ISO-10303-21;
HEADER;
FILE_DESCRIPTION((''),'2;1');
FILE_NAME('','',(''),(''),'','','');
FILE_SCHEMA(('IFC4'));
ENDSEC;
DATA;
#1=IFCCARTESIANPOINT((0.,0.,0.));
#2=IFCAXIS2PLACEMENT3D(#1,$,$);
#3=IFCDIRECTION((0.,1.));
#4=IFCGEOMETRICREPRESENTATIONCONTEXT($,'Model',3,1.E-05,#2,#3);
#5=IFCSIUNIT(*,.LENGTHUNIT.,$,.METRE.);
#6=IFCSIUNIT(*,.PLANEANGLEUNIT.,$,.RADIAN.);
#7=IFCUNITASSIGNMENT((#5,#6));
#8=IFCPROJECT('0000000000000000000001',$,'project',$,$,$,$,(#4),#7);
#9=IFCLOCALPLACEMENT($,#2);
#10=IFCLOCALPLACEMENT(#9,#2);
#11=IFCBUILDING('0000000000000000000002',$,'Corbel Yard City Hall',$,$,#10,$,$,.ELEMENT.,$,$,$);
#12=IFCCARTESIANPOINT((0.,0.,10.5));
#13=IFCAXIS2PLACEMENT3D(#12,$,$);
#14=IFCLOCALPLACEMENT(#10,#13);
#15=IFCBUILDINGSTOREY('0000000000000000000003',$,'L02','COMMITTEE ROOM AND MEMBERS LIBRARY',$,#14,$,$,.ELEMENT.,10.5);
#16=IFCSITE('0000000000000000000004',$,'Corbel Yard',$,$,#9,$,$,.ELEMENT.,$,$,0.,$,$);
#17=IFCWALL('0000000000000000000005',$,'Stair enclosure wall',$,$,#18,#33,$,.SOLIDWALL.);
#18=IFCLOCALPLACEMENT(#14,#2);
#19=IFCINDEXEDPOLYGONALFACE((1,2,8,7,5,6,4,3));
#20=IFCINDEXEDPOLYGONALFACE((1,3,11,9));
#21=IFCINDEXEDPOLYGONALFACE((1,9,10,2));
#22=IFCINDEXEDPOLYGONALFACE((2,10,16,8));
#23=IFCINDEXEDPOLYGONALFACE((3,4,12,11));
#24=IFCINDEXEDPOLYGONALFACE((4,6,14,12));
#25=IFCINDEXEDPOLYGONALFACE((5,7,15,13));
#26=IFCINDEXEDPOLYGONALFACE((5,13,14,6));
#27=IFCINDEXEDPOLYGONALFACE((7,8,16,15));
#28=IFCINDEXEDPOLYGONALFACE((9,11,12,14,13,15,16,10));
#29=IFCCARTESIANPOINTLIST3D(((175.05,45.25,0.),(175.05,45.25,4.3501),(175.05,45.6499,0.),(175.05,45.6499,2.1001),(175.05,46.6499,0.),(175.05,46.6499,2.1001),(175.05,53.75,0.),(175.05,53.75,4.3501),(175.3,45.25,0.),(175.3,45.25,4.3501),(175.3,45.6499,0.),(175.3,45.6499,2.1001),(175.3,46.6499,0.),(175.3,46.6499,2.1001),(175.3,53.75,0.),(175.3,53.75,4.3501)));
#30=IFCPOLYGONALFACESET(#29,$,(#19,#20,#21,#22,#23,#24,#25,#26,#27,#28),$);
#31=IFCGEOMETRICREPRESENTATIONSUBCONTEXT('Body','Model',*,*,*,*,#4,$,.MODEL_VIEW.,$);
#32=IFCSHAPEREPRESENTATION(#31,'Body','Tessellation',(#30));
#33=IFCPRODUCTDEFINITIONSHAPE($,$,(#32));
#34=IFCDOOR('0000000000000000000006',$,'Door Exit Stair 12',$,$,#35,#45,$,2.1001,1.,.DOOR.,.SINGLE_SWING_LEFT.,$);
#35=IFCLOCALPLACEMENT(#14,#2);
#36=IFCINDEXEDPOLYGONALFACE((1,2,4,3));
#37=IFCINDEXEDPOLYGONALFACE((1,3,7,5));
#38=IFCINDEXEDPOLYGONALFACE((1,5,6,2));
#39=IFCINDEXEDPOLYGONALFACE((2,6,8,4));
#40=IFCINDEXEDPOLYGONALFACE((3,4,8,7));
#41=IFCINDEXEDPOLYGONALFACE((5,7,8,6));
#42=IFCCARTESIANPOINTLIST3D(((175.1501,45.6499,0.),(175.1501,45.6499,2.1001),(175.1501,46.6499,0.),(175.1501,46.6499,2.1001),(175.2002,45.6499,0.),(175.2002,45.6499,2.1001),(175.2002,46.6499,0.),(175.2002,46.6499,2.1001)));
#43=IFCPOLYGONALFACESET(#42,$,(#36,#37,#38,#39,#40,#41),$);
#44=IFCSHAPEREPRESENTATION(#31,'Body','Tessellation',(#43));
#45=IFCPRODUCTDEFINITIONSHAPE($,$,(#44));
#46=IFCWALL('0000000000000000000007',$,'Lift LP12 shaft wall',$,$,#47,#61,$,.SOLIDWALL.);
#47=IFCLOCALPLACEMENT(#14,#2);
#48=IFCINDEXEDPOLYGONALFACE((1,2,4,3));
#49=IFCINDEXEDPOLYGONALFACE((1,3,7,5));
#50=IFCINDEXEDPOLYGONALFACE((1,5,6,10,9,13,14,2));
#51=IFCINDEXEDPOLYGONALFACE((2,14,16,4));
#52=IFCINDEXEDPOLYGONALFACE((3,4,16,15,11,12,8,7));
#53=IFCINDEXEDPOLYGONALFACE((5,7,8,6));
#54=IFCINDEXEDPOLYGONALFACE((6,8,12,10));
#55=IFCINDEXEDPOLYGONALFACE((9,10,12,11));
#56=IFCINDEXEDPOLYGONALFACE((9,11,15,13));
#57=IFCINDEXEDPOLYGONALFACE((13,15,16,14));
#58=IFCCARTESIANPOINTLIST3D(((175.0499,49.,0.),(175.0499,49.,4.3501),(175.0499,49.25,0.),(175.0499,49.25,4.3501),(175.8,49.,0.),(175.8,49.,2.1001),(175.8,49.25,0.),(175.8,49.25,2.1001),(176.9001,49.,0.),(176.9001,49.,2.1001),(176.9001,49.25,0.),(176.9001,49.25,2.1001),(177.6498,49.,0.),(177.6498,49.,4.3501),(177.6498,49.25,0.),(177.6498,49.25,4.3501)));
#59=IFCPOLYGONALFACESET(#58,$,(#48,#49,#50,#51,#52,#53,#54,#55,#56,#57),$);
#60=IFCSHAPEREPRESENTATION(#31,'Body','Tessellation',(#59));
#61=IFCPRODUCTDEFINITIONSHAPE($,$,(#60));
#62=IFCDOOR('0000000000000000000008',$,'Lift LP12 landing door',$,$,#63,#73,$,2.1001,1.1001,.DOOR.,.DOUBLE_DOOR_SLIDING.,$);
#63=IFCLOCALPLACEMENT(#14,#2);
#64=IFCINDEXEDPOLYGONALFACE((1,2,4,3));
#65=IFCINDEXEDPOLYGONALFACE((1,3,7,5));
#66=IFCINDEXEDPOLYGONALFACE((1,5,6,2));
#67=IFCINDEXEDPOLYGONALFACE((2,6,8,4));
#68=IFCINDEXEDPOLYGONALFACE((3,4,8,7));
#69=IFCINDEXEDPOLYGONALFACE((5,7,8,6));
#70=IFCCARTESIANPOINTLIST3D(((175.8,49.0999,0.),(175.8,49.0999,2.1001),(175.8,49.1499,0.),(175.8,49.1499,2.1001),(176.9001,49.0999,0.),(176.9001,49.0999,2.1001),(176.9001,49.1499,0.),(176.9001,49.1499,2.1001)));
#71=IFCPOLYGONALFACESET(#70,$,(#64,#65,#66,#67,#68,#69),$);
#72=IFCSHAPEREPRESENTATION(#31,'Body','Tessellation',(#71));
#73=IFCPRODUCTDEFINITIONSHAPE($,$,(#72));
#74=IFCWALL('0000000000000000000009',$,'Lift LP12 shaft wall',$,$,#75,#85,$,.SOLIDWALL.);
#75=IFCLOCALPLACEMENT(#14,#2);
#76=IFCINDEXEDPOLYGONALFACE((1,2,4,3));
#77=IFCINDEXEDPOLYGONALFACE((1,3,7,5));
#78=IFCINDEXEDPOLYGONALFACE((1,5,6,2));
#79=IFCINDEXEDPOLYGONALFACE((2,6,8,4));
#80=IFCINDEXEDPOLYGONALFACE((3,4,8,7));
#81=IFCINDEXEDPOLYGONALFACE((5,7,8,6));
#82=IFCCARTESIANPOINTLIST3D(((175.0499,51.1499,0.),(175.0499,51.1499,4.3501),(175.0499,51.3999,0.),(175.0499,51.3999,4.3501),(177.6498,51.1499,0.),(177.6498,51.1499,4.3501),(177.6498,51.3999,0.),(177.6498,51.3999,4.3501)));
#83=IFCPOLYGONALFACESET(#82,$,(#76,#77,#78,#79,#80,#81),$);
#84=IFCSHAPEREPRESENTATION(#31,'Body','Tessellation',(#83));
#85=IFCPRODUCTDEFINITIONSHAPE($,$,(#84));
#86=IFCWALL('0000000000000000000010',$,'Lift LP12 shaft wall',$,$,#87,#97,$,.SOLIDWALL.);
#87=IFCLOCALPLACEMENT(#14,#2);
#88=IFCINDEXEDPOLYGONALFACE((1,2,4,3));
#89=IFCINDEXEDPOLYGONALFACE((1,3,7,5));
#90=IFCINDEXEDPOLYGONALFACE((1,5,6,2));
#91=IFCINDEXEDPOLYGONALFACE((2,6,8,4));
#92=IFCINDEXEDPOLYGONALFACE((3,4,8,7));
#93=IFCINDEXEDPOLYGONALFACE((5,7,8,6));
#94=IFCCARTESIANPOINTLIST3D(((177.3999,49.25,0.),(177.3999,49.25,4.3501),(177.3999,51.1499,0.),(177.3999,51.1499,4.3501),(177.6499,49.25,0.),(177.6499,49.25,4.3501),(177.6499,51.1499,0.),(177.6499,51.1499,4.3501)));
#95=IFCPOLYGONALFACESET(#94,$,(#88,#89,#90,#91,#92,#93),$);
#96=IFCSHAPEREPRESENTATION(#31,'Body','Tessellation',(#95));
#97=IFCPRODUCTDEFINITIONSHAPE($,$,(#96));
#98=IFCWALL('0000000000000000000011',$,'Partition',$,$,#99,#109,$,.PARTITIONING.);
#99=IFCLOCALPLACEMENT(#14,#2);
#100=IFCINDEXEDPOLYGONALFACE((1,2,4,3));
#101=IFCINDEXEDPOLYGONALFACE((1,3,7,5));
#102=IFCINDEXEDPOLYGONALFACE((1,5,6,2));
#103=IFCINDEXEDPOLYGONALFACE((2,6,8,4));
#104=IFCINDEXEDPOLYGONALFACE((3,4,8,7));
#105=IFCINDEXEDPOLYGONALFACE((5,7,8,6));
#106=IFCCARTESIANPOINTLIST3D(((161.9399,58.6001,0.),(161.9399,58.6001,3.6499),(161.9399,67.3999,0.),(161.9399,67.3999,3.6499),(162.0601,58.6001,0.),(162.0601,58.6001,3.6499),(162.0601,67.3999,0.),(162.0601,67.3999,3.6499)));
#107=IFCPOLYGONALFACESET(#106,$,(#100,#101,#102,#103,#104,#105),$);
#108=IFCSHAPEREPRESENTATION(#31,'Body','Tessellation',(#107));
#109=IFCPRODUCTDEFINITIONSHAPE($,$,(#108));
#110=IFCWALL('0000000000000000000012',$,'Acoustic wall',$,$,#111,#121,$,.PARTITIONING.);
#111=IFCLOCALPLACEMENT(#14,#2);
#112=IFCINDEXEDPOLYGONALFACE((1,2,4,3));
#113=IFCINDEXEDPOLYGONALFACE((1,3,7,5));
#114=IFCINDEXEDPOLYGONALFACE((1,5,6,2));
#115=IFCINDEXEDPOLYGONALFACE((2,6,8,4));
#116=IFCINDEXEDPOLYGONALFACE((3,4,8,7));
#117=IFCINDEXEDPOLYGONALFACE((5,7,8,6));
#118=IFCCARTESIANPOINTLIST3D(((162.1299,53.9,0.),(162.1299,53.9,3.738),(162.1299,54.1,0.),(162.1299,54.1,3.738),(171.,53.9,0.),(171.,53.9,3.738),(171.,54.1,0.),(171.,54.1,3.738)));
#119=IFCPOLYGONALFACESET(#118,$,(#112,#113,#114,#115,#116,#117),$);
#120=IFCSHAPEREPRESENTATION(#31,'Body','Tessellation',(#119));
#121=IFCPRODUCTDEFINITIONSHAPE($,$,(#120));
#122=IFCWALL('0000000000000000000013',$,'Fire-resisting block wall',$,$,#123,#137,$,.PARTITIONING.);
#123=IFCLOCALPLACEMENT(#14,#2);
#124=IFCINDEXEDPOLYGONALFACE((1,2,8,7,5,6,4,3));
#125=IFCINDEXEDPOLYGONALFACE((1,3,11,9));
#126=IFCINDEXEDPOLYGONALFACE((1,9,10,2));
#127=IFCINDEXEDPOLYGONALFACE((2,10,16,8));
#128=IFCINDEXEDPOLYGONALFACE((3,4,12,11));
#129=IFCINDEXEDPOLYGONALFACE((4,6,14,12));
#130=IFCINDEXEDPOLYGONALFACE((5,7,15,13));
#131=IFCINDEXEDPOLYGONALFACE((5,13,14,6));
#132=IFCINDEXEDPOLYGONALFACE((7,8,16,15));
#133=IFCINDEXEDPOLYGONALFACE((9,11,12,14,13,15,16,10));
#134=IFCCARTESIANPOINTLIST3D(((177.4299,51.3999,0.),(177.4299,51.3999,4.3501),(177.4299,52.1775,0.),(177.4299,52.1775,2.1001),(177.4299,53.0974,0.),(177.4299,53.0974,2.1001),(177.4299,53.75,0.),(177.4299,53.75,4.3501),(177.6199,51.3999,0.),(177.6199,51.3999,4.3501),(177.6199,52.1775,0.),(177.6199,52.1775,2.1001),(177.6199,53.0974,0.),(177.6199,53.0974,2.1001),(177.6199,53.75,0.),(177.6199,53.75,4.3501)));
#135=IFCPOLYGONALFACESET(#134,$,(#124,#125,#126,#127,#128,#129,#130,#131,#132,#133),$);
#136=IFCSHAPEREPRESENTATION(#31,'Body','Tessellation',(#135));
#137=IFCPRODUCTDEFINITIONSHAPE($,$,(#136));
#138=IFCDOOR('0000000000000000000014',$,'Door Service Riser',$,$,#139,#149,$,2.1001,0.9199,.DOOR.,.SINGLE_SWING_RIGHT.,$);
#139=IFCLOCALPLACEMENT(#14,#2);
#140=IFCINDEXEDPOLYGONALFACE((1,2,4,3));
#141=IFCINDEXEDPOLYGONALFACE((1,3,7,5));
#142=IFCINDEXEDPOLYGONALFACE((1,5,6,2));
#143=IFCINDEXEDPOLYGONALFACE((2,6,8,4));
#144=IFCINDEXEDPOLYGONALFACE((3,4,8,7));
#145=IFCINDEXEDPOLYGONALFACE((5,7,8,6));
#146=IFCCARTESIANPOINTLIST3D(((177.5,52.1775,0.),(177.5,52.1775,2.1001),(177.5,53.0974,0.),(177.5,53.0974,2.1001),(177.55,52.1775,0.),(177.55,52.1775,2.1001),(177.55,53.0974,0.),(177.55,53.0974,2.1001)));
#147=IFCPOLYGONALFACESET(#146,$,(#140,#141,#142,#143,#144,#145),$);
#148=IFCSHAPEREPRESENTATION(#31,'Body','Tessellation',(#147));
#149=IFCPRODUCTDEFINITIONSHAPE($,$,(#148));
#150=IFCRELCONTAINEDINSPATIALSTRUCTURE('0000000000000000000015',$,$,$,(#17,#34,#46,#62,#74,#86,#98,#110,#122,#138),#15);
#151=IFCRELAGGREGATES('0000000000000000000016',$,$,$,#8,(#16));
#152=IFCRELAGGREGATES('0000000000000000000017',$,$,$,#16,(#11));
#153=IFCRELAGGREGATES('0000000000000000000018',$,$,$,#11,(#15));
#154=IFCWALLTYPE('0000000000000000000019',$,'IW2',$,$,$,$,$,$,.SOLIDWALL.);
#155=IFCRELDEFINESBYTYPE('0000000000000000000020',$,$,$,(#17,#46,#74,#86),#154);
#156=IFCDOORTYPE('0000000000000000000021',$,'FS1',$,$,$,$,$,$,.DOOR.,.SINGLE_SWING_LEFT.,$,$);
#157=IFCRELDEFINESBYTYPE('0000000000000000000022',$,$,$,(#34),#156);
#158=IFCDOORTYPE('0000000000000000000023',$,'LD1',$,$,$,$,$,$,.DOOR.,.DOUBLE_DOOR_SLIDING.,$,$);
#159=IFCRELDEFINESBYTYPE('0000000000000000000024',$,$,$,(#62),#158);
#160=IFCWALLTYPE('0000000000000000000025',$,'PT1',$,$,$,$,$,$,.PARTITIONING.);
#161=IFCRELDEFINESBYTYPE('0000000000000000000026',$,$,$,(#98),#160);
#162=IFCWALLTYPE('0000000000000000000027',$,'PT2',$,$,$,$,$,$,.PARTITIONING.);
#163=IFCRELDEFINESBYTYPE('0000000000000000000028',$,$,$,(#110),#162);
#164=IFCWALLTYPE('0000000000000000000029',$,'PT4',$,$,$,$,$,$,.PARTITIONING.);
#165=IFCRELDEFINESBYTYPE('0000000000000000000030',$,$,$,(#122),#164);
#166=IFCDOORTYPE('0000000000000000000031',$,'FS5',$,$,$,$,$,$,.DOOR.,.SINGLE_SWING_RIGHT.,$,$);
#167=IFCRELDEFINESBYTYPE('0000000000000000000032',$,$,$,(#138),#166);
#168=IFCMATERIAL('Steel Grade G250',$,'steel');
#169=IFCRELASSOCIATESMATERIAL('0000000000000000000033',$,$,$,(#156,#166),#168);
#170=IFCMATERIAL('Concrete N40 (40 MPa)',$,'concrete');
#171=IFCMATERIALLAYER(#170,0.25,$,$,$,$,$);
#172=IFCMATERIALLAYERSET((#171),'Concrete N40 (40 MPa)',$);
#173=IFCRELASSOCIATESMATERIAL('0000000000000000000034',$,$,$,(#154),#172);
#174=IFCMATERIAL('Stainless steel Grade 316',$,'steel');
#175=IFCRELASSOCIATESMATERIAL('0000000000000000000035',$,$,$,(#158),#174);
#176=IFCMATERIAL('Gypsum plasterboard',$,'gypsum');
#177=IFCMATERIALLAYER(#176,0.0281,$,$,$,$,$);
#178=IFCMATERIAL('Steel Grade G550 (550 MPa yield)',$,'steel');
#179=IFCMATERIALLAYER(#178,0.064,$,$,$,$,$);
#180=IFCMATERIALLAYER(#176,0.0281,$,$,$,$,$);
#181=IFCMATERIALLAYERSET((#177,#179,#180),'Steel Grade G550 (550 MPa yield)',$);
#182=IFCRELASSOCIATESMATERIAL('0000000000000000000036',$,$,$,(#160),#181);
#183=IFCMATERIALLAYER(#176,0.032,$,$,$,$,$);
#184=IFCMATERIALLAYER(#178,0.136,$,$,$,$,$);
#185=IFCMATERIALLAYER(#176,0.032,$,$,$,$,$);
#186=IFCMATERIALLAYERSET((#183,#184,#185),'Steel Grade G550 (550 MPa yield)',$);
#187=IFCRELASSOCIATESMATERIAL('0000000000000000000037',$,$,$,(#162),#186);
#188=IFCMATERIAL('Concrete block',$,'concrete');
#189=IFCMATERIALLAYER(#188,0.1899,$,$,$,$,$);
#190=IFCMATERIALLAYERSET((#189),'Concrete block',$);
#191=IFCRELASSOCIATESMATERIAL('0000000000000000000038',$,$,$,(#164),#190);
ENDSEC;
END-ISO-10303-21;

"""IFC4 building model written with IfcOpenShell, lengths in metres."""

from ifc_helpers import new_model, si_unit, direction, frame, frame_2d, origin, place, context, subcontext, project, spatial, rectangle, extrude, material, layer, layer_set, type_object, element, fill, save


model = new_model("IFC4")

# Units and contexts
model_context = context("Model", 3, precision=1e-05, world=origin(), true_north=direction((0.0, 1.0)))
body_context = subcontext(model_context, "Body", "Model", "MODEL_VIEW")
ifc_project = project(units=[si_unit("LENGTHUNIT", "METRE"), si_unit("PLANEANGLEUNIT", "RADIAN")], contexts=[model_context])

# Site, building, storey
site_placement = place(None, origin())
site = spatial("IfcSite", under=ifc_project, at=site_placement, Name="Corbel Yard", CompositionType="ELEMENT", RefElevation=0.0)
building_placement = place(site_placement, origin())
building = spatial("IfcBuilding", under=site, at=building_placement, Name="Corbel Yard City Hall", CompositionType="ELEMENT")
storey_placement = place(building_placement, frame((0.0, 0.0, 10.5)))
storey = spatial("IfcBuildingStorey", under=building, at=storey_placement, Name="L02", Description="COMMITTEE ROOM AND MEMBERS LIBRARY", CompositionType="ELEMENT", Elevation=10.5)

# Shared definitions
ifc_material_1 = material(Name="Steel Grade G250", Category="steel")
door_type_1 = type_object("IfcDoorType", Name="FS1", OperationType="SINGLE_SWING_LEFT", PredefinedType="DOOR", material=ifc_material_1)

# Shared definitions
ifc_material_2 = material(Name="Gypsum plasterboard", Category="gypsum")

# Walls, openings, doors
ifc_material_3 = material(Name="Concrete N40 (40 MPa)", Category="concrete")
ifc_layer_1 = layer(ifc_material_3, 0.25)
ifc_layer_set_1 = layer_set([ifc_layer_1], Name="Concrete N40 (40 MPa)")
wall_type_1 = type_object("IfcWallType", Name="IW2", PredefinedType="SOLIDWALL", material=ifc_layer_set_1)
wall_1_placement = place(storey_placement, frame((175.175, 45.25, 0.0), z_axis=(0.0, 0.0, 1.0), x_axis=(0.0, 1.0, 0.0)))
wall_1 = element("IfcWall", 1, at=wall_1_placement, inside=storey, type_object=wall_type_1, Name="Stair enclosure wall", PredefinedType="SOLIDWALL", context=body_context, shape_type="SweptSolid", body=[
    extrude(rectangle(XDim=8.5, YDim=0.25, at=frame_2d((4.25, 0.0))), origin(), (0.0, 0.0, 1.0), 4.3501),
])
opening_1_placement = place(wall_1_placement, frame((0.3999, 0.0, 0.0)))
opening_1 = element("IfcOpeningElement", 2, at=opening_1_placement, cuts=wall_1, PredefinedType="OPENING", context=body_context, shape_type="SweptSolid", body=[
    extrude(rectangle(XDim=1.0, YDim=2.1001, at=frame_2d((0.5, 1.05))), frame((0.0, 0.135, 0.0), z_axis=(0.0, -1.0, 0.0), x_axis=(1.0, 0.0, 0.0)), (0.0, 0.0, 1.0), 0.27),
])
door_1_placement = place(opening_1_placement, origin())
door_1 = element("IfcDoor", 3, at=door_1_placement, inside=storey, type_object=door_type_1, Name="Door Exit Stair 12", OperationType="SINGLE_SWING_LEFT", OverallHeight=2.1001, OverallWidth=1.0, PredefinedType="DOOR", context=body_context, shape_type="SweptSolid", body=[
    extrude(rectangle(XDim=1.0, YDim=2.1001, at=frame_2d((0.5, 1.05))), frame((0.0, 0.0249, 0.0), z_axis=(0.0, -1.0, 0.0), x_axis=(1.0, 0.0, 0.0)), (0.0, 0.0, 1.0), 0.05),
])
fill(opening_1, door_1)
wall_2_placement = place(storey_placement, frame((175.05, 49.125, 0.0), z_axis=(0.0, 0.0, 1.0), x_axis=(1.0, 0.0, 0.0)))
wall_2 = element("IfcWall", 4, at=wall_2_placement, inside=storey, type_object=wall_type_1, Name="Lift LP12 shaft wall", PredefinedType="SOLIDWALL", context=body_context, shape_type="SweptSolid", body=[
    extrude(rectangle(XDim=2.5999, YDim=0.25, at=frame_2d((1.2998, 0.0))), origin(), (0.0, 0.0, 1.0), 4.3501),
])
opening_2_placement = place(wall_2_placement, frame((0.75, 0.0, 0.0)))
opening_2 = element("IfcOpeningElement", 5, at=opening_2_placement, cuts=wall_2, PredefinedType="OPENING", context=body_context, shape_type="SweptSolid", body=[
    extrude(rectangle(XDim=1.1001, YDim=2.1001, at=frame_2d((0.55, 1.05))), frame((0.0, 0.135, 0.0), z_axis=(0.0, -1.0, 0.0), x_axis=(1.0, 0.0, 0.0)), (0.0, 0.0, 1.0), 0.27),
])
ifc_material_4 = material(Name="Stainless steel Grade 316", Category="steel")
door_type_2 = type_object("IfcDoorType", Name="LD1", OperationType="DOUBLE_DOOR_SLIDING", PredefinedType="DOOR", material=ifc_material_4)
door_2_placement = place(opening_2_placement, origin())
door_2 = element("IfcDoor", 6, at=door_2_placement, inside=storey, type_object=door_type_2, Name="Lift LP12 landing door", OperationType="DOUBLE_DOOR_SLIDING", OverallHeight=2.1001, OverallWidth=1.1001, PredefinedType="DOOR", context=body_context, shape_type="SweptSolid", body=[
    extrude(rectangle(XDim=1.1001, YDim=2.1001, at=frame_2d((0.55, 1.05))), frame((0.0, 0.0249, 0.0), z_axis=(0.0, -1.0, 0.0), x_axis=(1.0, 0.0, 0.0)), (0.0, 0.0, 1.0), 0.05),
])
fill(opening_2, door_2)

# Walls
wall_3_placement = place(storey_placement, frame((175.05, 51.2749, 0.0), z_axis=(0.0, 0.0, 1.0), x_axis=(1.0, 0.0, 0.0)))
element("IfcWall", 7, at=wall_3_placement, inside=storey, type_object=wall_type_1, Name="Lift LP12 shaft wall", PredefinedType="SOLIDWALL", context=body_context, shape_type="SweptSolid", body=[
    extrude(rectangle(XDim=2.5999, YDim=0.25, at=frame_2d((1.2998, 0.0))), origin(), (0.0, 0.0, 1.0), 4.3501),
])
wall_4_placement = place(storey_placement, frame((177.5249, 49.25, 0.0), z_axis=(0.0, 0.0, 1.0), x_axis=(0.0, 1.0, 0.0)))
element("IfcWall", 8, at=wall_4_placement, inside=storey, type_object=wall_type_1, Name="Lift LP12 shaft wall", PredefinedType="SOLIDWALL", context=body_context, shape_type="SweptSolid", body=[
    extrude(rectangle(XDim=1.8999, YDim=0.25, at=frame_2d((0.95, 0.0))), origin(), (0.0, 0.0, 1.0), 4.3501),
])
ifc_layer_2 = layer(ifc_material_2, 0.0281)
ifc_material_5 = material(Name="Steel Grade G550 (550 MPa yield)", Category="steel")
ifc_layer_3 = layer(ifc_material_5, 0.064)
ifc_layer_4 = layer(ifc_material_2, 0.0281)
ifc_layer_set_2 = layer_set([ifc_layer_2, ifc_layer_3, ifc_layer_4], Name="Steel Grade G550 (550 MPa yield)")
wall_type_2 = type_object("IfcWallType", Name="PT1", PredefinedType="PARTITIONING", material=ifc_layer_set_2)
wall_5_placement = place(storey_placement, frame((162.0, 58.6001, 0.0), z_axis=(0.0, 0.0, 1.0), x_axis=(0.0, 1.0, 0.0)))
element("IfcWall", 9, at=wall_5_placement, inside=storey, type_object=wall_type_2, Name="Partition", PredefinedType="PARTITIONING", context=body_context, shape_type="SweptSolid", body=[
    extrude(rectangle(XDim=8.7998, YDim=0.1201, at=frame_2d((4.3999, 0.0))), origin(), (0.0, 0.0, 1.0), 3.6499),
])
ifc_layer_5 = layer(ifc_material_2, 0.032)
ifc_layer_6 = layer(ifc_material_5, 0.136)
ifc_layer_7 = layer(ifc_material_2, 0.032)
ifc_layer_set_3 = layer_set([ifc_layer_5, ifc_layer_6, ifc_layer_7], Name="Steel Grade G550 (550 MPa yield)")
wall_type_3 = type_object("IfcWallType", Name="PT2", PredefinedType="PARTITIONING", material=ifc_layer_set_3)
wall_6_placement = place(storey_placement, frame((162.1299, 54.0, 0.0), z_axis=(0.0, 0.0, 1.0), x_axis=(1.0, 0.0, 0.0)))
element("IfcWall", 10, at=wall_6_placement, inside=storey, type_object=wall_type_3, Name="Acoustic wall", PredefinedType="PARTITIONING", context=body_context, shape_type="SweptSolid", body=[
    extrude(rectangle(XDim=8.8701, YDim=0.2, at=frame_2d((4.4351, 0.0))), origin(), (0.0, 0.0, 1.0), 3.738),
])

# Wall, opening, door
ifc_material_6 = material(Name="Concrete block", Category="concrete")
ifc_layer_8 = layer(ifc_material_6, 0.1899)
ifc_layer_set_4 = layer_set([ifc_layer_8], Name="Concrete block")
wall_type_4 = type_object("IfcWallType", Name="PT4", PredefinedType="PARTITIONING", material=ifc_layer_set_4)
wall_7_placement = place(storey_placement, frame((177.5249, 51.3999, 0.0), z_axis=(0.0, 0.0, 1.0), x_axis=(0.0, 1.0, 0.0)))
wall_7 = element("IfcWall", 11, at=wall_7_placement, inside=storey, type_object=wall_type_4, Name="Fire-resisting block wall", PredefinedType="PARTITIONING", context=body_context, shape_type="SweptSolid", body=[
    extrude(rectangle(XDim=2.3501, YDim=0.1899, at=frame_2d((1.175, 0.0))), origin(), (0.0, 0.0, 1.0), 4.3501),
])
opening_3_placement = place(wall_7_placement, frame((0.7776, 0.0, 0.0)))
opening_3 = element("IfcOpeningElement", 12, at=opening_3_placement, cuts=wall_7, PredefinedType="OPENING", context=body_context, shape_type="SweptSolid", body=[
    extrude(rectangle(XDim=0.9199, YDim=2.1001, at=frame_2d((0.46, 1.05))), frame((0.0, 0.105, 0.0), z_axis=(0.0, -1.0, 0.0), x_axis=(1.0, 0.0, 0.0)), (0.0, 0.0, 1.0), 0.21),
])
door_type_3 = type_object("IfcDoorType", Name="FS5", OperationType="SINGLE_SWING_RIGHT", PredefinedType="DOOR", material=ifc_material_1)
door_3_placement = place(opening_3_placement, origin())
door_3 = element("IfcDoor", 13, at=door_3_placement, inside=storey, type_object=door_type_3, Name="Door Service Riser", OperationType="SINGLE_SWING_RIGHT", OverallHeight=2.1001, OverallWidth=0.9199, PredefinedType="DOOR", context=body_context, shape_type="SweptSolid", body=[
    extrude(rectangle(XDim=0.9199, YDim=2.1001, at=frame_2d((0.46, 1.05))), frame((0.0, 0.0249, 0.0), z_axis=(0.0, -1.0, 0.0), x_axis=(1.0, 0.0, 0.0)), (0.0, 0.0, 1.0), 0.05),
])
fill(opening_3, door_3)

save(model, "model.ifc")
